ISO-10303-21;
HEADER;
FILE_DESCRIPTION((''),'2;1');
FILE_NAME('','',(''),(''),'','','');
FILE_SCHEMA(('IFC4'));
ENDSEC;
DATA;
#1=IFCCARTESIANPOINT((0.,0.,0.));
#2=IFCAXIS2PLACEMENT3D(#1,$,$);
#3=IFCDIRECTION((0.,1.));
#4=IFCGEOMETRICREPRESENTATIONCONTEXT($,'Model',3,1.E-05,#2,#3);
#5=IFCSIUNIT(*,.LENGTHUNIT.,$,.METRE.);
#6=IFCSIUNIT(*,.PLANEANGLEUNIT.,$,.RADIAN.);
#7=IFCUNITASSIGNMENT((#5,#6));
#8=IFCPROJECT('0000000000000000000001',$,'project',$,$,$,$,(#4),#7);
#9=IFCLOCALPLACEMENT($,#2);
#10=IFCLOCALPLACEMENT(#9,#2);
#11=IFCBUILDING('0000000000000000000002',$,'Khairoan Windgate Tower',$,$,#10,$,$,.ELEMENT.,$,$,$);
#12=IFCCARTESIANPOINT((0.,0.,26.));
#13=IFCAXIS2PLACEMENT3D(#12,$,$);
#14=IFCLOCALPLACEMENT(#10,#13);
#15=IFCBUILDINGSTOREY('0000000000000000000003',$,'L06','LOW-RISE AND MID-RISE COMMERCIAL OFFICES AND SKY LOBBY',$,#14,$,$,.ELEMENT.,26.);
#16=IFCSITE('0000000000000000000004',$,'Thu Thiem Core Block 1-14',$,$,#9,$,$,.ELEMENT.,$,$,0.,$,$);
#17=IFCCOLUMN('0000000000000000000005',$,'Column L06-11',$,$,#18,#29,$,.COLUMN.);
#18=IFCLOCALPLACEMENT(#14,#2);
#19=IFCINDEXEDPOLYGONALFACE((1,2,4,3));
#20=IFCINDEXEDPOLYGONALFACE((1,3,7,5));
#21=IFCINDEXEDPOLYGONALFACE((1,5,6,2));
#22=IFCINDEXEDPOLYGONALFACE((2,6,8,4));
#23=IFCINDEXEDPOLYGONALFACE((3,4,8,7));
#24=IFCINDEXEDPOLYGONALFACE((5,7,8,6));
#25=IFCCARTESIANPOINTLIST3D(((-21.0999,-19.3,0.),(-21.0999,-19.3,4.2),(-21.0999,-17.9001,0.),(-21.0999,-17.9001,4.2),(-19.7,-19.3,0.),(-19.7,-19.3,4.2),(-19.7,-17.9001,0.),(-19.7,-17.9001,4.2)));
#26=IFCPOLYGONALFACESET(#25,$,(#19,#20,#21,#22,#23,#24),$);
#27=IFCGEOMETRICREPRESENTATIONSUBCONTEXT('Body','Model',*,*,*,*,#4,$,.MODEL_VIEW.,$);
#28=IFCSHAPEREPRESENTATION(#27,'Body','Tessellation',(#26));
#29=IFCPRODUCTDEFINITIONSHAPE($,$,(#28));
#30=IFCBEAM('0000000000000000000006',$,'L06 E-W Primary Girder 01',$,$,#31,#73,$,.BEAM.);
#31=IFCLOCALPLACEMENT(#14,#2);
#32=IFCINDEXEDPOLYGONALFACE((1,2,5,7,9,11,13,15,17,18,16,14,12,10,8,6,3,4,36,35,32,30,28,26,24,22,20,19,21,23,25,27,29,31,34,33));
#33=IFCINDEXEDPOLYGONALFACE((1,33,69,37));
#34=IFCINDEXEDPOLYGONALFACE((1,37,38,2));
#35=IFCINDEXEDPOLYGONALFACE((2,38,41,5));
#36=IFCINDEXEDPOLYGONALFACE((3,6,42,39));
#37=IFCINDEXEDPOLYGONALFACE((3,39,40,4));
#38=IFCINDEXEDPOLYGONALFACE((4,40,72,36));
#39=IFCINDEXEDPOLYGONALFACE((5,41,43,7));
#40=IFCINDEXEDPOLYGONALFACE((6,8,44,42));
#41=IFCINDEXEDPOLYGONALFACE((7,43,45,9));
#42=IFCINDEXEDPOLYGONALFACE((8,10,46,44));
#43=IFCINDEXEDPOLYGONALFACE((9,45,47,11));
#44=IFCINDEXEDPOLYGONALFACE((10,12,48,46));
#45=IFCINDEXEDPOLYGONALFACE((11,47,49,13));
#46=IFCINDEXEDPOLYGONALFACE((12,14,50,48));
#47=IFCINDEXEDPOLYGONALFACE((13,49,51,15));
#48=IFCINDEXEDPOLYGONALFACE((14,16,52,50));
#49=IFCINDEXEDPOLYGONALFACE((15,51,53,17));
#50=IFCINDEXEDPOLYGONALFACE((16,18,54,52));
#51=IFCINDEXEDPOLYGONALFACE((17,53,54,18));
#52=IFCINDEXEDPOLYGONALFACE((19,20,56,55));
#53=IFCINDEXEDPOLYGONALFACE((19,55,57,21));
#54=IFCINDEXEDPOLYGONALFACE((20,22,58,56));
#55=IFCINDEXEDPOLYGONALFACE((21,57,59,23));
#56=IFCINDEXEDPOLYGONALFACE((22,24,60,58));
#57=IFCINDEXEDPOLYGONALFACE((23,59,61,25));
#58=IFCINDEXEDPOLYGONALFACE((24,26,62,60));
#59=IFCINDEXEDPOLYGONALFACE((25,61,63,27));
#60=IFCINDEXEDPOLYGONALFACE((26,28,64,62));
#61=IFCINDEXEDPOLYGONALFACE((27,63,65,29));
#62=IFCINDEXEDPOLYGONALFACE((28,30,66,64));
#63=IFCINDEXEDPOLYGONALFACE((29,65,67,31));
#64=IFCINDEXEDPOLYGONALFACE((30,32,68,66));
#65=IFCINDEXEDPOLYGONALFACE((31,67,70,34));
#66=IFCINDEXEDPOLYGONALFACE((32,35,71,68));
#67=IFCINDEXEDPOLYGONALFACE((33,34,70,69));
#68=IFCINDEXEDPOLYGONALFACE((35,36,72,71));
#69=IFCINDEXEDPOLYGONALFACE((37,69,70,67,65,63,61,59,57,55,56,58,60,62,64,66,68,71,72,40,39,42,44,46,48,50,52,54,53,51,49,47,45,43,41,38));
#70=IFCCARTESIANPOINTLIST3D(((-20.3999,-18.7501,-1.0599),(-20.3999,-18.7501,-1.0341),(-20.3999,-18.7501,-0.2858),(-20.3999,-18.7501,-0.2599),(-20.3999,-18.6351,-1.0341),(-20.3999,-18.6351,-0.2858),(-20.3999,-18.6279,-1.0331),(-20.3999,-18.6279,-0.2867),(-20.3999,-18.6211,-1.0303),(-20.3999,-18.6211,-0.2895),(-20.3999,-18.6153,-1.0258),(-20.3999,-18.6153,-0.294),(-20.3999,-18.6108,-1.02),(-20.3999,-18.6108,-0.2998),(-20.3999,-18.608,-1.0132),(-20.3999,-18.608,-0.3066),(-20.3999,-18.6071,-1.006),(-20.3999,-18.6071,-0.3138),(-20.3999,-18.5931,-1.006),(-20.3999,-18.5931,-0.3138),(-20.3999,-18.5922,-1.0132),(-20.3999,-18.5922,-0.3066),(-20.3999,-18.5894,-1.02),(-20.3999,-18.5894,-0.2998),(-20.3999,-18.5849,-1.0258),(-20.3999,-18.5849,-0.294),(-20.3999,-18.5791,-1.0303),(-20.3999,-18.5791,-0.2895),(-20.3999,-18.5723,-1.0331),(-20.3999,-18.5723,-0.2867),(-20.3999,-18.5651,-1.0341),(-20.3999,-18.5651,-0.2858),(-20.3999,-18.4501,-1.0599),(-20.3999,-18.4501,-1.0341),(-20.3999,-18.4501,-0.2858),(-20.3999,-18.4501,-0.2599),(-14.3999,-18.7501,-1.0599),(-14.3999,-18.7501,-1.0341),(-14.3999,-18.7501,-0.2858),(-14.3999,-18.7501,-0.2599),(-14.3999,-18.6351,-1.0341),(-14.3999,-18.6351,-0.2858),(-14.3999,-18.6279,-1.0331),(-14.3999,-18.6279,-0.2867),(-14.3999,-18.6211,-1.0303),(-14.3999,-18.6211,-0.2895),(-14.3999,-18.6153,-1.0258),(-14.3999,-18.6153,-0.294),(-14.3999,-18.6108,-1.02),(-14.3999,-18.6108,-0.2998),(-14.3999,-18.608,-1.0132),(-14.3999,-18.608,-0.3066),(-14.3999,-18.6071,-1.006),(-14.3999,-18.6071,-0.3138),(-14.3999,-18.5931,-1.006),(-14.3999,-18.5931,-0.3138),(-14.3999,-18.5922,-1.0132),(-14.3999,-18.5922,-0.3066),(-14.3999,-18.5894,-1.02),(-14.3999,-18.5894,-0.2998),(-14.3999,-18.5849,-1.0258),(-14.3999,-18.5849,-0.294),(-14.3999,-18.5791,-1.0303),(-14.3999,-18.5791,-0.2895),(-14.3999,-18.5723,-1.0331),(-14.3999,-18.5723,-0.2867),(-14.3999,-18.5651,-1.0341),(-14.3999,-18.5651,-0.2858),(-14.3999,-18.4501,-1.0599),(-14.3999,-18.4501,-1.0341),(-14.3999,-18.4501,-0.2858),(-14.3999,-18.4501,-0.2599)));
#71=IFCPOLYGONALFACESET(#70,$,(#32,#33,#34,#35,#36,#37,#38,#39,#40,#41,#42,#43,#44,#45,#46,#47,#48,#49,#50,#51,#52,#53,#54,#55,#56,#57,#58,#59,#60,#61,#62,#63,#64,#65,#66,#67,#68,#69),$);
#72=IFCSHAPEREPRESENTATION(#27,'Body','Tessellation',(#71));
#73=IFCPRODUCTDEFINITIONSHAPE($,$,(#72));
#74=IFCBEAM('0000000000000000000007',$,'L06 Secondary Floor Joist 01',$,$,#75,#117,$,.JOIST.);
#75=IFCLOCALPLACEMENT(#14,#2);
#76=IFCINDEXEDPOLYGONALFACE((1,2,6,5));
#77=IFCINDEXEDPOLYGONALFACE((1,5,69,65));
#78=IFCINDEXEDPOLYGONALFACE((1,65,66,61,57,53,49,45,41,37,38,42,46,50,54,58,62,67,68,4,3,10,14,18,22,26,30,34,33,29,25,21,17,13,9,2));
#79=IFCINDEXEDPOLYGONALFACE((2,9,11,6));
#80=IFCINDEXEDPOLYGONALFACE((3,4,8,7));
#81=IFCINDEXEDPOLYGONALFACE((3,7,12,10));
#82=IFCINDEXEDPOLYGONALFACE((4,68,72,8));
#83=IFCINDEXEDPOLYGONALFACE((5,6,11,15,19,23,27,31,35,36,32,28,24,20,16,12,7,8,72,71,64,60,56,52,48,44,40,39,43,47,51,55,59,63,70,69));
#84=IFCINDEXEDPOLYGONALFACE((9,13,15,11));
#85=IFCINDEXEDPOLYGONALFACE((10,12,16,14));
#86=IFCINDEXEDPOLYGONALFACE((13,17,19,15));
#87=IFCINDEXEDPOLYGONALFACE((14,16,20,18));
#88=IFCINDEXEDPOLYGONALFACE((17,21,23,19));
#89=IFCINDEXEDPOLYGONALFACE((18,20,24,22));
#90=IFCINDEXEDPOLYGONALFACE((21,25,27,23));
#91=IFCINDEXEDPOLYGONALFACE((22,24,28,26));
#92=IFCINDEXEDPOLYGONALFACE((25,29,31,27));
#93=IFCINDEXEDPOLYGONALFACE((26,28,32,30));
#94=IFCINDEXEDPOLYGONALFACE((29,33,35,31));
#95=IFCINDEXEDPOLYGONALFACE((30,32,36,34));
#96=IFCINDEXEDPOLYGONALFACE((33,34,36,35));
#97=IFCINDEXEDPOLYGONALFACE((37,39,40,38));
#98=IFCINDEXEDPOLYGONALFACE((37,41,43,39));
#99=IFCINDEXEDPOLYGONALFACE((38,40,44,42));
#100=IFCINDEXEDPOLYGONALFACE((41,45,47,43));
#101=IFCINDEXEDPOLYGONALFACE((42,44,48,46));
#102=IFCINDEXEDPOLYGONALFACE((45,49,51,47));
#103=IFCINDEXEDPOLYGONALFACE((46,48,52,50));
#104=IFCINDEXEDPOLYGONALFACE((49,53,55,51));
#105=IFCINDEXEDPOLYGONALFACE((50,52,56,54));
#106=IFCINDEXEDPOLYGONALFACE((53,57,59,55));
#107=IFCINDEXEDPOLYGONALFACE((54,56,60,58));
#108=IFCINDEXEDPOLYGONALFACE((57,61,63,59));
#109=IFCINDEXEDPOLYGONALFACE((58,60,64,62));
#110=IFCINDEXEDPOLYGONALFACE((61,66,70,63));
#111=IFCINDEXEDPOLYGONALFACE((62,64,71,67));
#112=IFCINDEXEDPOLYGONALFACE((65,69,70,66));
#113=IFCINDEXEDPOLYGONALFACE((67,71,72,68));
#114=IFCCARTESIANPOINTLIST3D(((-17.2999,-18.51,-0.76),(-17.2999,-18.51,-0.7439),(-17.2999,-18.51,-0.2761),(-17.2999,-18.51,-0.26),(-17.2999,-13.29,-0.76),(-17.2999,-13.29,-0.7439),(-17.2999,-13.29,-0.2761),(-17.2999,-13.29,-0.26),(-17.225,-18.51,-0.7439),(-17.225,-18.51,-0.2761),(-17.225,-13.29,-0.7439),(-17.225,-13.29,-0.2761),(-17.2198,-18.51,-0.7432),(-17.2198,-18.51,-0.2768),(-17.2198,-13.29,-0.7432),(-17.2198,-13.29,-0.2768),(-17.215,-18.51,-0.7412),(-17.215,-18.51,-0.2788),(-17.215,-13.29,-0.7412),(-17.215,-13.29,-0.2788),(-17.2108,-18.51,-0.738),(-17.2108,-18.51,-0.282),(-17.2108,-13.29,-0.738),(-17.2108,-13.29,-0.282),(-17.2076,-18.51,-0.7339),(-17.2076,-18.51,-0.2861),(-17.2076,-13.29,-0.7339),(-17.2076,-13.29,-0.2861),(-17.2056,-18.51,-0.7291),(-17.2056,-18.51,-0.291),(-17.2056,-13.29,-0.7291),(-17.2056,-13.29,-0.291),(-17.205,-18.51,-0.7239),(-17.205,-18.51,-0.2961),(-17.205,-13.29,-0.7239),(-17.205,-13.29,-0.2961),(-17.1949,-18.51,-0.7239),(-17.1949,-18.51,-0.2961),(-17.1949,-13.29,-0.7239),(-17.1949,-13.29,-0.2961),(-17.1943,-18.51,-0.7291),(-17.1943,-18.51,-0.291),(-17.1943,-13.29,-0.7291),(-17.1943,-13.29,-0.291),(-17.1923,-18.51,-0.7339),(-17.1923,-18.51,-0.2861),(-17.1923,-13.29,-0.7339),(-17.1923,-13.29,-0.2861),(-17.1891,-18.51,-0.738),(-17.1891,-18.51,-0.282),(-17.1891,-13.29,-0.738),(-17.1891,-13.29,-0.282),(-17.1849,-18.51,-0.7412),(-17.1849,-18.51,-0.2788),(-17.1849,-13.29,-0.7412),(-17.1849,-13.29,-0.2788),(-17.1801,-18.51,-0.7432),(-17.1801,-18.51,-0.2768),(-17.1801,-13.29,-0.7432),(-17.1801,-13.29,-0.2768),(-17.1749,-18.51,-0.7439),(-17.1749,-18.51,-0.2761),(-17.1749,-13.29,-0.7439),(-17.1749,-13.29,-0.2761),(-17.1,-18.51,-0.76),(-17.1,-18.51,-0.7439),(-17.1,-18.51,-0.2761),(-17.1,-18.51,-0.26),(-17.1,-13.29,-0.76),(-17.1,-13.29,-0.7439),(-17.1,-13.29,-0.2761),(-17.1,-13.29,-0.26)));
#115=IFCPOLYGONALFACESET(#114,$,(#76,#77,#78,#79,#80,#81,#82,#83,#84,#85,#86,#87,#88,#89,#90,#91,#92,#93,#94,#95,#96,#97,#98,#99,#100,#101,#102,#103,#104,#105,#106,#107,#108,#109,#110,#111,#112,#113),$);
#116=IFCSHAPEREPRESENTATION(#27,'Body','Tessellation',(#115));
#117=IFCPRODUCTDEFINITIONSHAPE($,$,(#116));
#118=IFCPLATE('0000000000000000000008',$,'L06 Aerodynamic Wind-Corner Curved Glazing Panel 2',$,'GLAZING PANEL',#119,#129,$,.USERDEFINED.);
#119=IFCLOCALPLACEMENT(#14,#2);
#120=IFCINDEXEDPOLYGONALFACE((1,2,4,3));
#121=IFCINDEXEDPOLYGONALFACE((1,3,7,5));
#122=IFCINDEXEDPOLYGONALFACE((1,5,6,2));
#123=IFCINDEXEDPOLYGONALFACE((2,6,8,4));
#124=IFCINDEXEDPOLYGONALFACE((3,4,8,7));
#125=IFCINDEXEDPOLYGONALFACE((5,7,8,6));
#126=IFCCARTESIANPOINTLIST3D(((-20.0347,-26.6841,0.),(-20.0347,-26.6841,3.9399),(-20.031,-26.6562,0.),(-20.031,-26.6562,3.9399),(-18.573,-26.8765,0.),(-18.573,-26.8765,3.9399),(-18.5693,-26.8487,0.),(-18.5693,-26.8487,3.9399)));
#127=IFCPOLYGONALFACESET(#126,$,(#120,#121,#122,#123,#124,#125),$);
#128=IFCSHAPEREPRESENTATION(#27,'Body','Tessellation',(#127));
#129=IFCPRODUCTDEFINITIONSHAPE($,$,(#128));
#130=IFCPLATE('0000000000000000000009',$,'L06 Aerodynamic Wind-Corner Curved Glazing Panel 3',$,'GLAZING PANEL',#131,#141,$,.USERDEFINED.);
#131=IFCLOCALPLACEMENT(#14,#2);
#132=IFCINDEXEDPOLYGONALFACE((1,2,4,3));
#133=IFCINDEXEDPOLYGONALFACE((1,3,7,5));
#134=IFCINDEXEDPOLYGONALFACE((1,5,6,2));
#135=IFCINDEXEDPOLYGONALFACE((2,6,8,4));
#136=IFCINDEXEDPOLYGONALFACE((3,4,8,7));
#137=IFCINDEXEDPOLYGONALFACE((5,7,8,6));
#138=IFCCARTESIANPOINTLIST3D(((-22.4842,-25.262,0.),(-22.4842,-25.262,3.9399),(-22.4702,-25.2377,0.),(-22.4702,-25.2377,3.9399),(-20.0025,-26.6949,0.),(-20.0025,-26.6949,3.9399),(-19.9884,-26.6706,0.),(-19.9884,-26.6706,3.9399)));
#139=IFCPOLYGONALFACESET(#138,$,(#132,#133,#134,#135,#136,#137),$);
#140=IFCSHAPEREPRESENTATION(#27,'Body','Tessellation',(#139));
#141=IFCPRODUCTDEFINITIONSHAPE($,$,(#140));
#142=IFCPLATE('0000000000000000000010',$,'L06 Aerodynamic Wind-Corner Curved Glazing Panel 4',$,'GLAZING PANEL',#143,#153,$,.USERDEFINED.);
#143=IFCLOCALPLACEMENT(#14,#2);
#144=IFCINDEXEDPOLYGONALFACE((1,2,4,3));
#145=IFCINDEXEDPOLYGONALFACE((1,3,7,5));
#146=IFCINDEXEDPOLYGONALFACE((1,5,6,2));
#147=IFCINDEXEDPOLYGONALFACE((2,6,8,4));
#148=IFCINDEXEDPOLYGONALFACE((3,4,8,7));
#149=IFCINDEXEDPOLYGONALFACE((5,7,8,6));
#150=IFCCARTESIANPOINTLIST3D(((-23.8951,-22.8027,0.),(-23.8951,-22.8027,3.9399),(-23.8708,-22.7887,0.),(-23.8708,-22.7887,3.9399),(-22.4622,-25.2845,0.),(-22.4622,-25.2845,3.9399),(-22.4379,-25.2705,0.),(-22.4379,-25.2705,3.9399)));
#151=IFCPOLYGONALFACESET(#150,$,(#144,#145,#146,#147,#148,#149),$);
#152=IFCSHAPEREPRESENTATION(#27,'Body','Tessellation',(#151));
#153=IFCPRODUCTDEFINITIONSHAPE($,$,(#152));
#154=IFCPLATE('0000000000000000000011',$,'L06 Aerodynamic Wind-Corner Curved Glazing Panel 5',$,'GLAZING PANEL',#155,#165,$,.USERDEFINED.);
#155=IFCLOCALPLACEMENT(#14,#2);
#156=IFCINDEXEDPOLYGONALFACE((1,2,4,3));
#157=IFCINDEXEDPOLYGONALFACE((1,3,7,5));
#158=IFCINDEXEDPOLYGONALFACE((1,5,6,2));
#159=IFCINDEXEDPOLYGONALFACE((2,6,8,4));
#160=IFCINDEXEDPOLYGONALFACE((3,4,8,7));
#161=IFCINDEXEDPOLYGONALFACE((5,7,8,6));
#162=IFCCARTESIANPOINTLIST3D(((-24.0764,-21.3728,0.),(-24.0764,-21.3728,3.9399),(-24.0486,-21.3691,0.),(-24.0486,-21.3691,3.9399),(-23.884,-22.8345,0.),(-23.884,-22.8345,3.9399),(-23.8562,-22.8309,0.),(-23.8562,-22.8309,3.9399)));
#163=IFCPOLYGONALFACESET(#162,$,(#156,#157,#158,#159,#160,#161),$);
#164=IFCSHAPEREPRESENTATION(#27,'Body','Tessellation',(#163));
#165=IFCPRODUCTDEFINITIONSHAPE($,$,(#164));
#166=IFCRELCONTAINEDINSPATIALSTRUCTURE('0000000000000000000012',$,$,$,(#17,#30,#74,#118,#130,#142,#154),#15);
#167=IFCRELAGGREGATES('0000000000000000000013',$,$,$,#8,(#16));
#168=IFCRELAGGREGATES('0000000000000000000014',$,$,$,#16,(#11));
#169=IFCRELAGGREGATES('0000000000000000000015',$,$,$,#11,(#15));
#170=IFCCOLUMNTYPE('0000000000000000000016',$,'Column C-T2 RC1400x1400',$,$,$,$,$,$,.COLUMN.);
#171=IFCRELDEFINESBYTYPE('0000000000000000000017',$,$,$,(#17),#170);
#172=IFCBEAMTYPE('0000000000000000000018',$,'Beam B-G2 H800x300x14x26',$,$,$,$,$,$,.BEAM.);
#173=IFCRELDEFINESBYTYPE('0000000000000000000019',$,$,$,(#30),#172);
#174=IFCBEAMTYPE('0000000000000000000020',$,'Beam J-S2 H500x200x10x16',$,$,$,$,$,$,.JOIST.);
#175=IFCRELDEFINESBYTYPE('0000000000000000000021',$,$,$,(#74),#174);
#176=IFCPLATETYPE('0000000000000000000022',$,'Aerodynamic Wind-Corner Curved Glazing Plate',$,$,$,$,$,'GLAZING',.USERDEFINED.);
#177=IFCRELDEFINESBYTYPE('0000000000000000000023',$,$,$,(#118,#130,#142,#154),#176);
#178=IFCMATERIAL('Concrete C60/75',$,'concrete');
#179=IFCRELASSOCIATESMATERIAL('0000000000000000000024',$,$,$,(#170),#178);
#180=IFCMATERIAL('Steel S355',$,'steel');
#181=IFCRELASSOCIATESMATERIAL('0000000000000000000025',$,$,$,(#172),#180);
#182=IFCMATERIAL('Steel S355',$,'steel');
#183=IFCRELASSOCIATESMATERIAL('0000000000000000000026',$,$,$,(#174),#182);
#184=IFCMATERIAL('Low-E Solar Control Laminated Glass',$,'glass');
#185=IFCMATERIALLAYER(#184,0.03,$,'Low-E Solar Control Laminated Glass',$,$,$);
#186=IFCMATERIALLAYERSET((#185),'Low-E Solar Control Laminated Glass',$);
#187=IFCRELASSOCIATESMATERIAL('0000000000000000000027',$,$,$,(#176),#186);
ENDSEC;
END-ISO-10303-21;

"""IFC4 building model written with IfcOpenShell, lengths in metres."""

from ifc_helpers import new_model, si_unit, direction, frame, origin, origin_2d, place, context, subcontext, project, spatial, rectangle, i_section, extrude, material, layer, layer_set, material_profile, profile_set, type_object, element, save


model = new_model("IFC4")

# Units and contexts
model_context = context("Model", 3, precision=1e-05, world=origin(), true_north=direction((0.0, 1.0)))
body_context = subcontext(model_context, "Body", "Model", "MODEL_VIEW")
ifc_project = project(units=[si_unit("LENGTHUNIT", "METRE"), si_unit("PLANEANGLEUNIT", "RADIAN")], contexts=[model_context])

# Site, building, storey
site_placement = place(None, origin())
site = spatial("IfcSite", under=ifc_project, at=site_placement, Name="Thu Thiem Core Block 1-14", CompositionType="ELEMENT", RefElevation=0.0)
building_placement = place(site_placement, origin())
building = spatial("IfcBuilding", under=site, at=building_placement, Name="Khairoan Windgate Tower", CompositionType="ELEMENT")
storey_placement = place(building_placement, frame((0.0, 0.0, 26.0)))
storey = spatial("IfcBuildingStorey", under=building, at=storey_placement, Name="L06", Description="LOW-RISE AND MID-RISE COMMERCIAL OFFICES AND SKY LOBBY", CompositionType="ELEMENT", Elevation=26.0)

# Column
ifc_material_1 = material(Name="Concrete C60/75", Category="concrete")
ifc_material_profile_1 = material_profile(ifc_material_1, rectangle(XDim=1.3999, YDim=1.3999, at=origin_2d()))
ifc_profile_set_1 = profile_set([ifc_material_profile_1], Name="Concrete C60/75")
column_type = type_object("IfcColumnType", Name="Column C-T2 RC1400x1400", PredefinedType="COLUMN", material=ifc_profile_set_1)
column_placement = place(storey_placement, frame((-20.3999, -18.6001, 0.0), z_axis=(0.0, 0.0, 1.0), x_axis=(1.0, 0.0, 0.0)))
element("IfcColumn", 1, at=column_placement, inside=storey, type_object=column_type, Name="Column L06-11", PredefinedType="COLUMN", context=body_context, shape_type="SweptSolid", body=[
    extrude(rectangle(XDim=1.3999, YDim=1.3999, at=origin_2d()), origin(), (0.0, 0.0, 1.0), 4.2),
])

# Beams
ifc_material_2 = material(Name="Steel S355", Category="steel")
ifc_material_profile_2 = material_profile(ifc_material_2, i_section(OverallWidth=0.3, OverallDepth=0.8, WebThickness=0.0139, FlangeThickness=0.0259, FilletRadius=0.0281, at=origin_2d()))
ifc_profile_set_2 = profile_set([ifc_material_profile_2], Name="Steel S355")
beam_type_1 = type_object("IfcBeamType", Name="Beam B-G2 H800x300x14x26", PredefinedType="BEAM", material=ifc_profile_set_2)
beam_1_placement = place(storey_placement, frame((-20.3999, -18.6001, -0.6599), z_axis=(1.0, 0.0, 0.0), x_axis=(0.0, 1.0, 0.0)))
element("IfcBeam", 2, at=beam_1_placement, inside=storey, type_object=beam_type_1, Name="L06 E-W Primary Girder 01", PredefinedType="BEAM", context=body_context, shape_type="SweptSolid", body=[
    extrude(i_section(OverallWidth=0.3, OverallDepth=0.8, WebThickness=0.0139, FlangeThickness=0.0259, FilletRadius=0.0281, at=origin_2d()), origin(), (0.0, 0.0, 1.0), 6.0),
])
ifc_material_3 = material(Name="Steel S355", Category="steel")
ifc_material_profile_3 = material_profile(ifc_material_3, i_section(OverallWidth=0.2, OverallDepth=0.5, WebThickness=0.01, FlangeThickness=0.0161, FilletRadius=0.02, at=origin_2d()))
ifc_profile_set_3 = profile_set([ifc_material_profile_3], Name="Steel S355")
beam_type_2 = type_object("IfcBeamType", Name="Beam J-S2 H500x200x10x16", PredefinedType="JOIST", material=ifc_profile_set_3)
beam_2_placement = place(storey_placement, frame((-17.2, -18.51, -0.51), z_axis=(0.0, 1.0, 0.0), x_axis=(-1.0, 0.0, 0.0)))
element("IfcBeam", 3, at=beam_2_placement, inside=storey, type_object=beam_type_2, Name="L06 Secondary Floor Joist 01", PredefinedType="JOIST", context=body_context, shape_type="SweptSolid", body=[
    extrude(i_section(OverallWidth=0.2, OverallDepth=0.5, WebThickness=0.01, FlangeThickness=0.0161, FilletRadius=0.02, at=origin_2d()), origin(), (0.0, 0.0, 1.0), 5.22),
])

# Plates
ifc_material_4 = material(Name="Low-E Solar Control Laminated Glass", Category="glass")
ifc_layer_1 = layer(ifc_material_4, 0.03, Name="Low-E Solar Control Laminated Glass")
ifc_layer_set_1 = layer_set([ifc_layer_1], Name="Low-E Solar Control Laminated Glass")
plate_type_1 = type_object("IfcPlateType", Name="Aerodynamic Wind-Corner Curved Glazing Plate", ElementType="GLAZING", PredefinedType="USERDEFINED", material=ifc_layer_set_1)
plate_1_placement = place(storey_placement, frame((-19.302, -26.7664, 0.0), z_axis=(0.0, 0.0, 1.0), x_axis=(-0.991445, 0.130526, 0.0)))
element("IfcPlate", 4, at=plate_1_placement, inside=storey, type_object=plate_type_1, Name="L06 Aerodynamic Wind-Corner Curved Glazing Panel 2", ObjectType="GLAZING PANEL", PredefinedType="USERDEFINED", context=body_context, shape_type="SweptSolid", body=[
    extrude(rectangle(XDim=1.4744, YDim=0.0281, at=origin_2d()), origin(), (0.0, 0.0, 1.0), 3.9399),
])
for number, where, z_axis, x_axis, name in (
    (5, (-21.2363, -25.9663, 0.0), (0.0, 0.0, 1.0), (-0.866025, 0.5, 0.0), "L06 Aerodynamic Wind-Corner Curved Glazing Panel 3"),
    (6, (-23.1665, -24.0366, 0.0), (0.0, 0.0, 1.0), (-0.5, 0.866025, 0.0), "L06 Aerodynamic Wind-Corner Curved Glazing Panel 4"),
):
    element("IfcPlate", number, at=place(storey_placement, frame(where, z_axis=z_axis, x_axis=x_axis)), inside=storey, type_object=plate_type_1, Name=name, ObjectType="GLAZING PANEL", PredefinedType="USERDEFINED", context=body_context, shape_type="SweptSolid", body=[
        extrude(rectangle(XDim=2.8657, YDim=0.0281, at=origin_2d()), origin(), (0.0, 0.0, 1.0), 3.9399),
    ])
plate_2_placement = place(storey_placement, frame((-23.9663, -22.1018, 0.0), z_axis=(0.0, 0.0, 1.0), x_axis=(-0.130526, 0.991445, 0.0)))
element("IfcPlate", 7, at=plate_2_placement, inside=storey, type_object=plate_type_1, Name="L06 Aerodynamic Wind-Corner Curved Glazing Panel 5", ObjectType="GLAZING PANEL", PredefinedType="USERDEFINED", context=body_context, shape_type="SweptSolid", body=[
    extrude(rectangle(XDim=1.4744, YDim=0.0281, at=origin_2d()), origin(), (0.0, 0.0, 1.0), 3.9399),
])

save(model, "model.ifc")
